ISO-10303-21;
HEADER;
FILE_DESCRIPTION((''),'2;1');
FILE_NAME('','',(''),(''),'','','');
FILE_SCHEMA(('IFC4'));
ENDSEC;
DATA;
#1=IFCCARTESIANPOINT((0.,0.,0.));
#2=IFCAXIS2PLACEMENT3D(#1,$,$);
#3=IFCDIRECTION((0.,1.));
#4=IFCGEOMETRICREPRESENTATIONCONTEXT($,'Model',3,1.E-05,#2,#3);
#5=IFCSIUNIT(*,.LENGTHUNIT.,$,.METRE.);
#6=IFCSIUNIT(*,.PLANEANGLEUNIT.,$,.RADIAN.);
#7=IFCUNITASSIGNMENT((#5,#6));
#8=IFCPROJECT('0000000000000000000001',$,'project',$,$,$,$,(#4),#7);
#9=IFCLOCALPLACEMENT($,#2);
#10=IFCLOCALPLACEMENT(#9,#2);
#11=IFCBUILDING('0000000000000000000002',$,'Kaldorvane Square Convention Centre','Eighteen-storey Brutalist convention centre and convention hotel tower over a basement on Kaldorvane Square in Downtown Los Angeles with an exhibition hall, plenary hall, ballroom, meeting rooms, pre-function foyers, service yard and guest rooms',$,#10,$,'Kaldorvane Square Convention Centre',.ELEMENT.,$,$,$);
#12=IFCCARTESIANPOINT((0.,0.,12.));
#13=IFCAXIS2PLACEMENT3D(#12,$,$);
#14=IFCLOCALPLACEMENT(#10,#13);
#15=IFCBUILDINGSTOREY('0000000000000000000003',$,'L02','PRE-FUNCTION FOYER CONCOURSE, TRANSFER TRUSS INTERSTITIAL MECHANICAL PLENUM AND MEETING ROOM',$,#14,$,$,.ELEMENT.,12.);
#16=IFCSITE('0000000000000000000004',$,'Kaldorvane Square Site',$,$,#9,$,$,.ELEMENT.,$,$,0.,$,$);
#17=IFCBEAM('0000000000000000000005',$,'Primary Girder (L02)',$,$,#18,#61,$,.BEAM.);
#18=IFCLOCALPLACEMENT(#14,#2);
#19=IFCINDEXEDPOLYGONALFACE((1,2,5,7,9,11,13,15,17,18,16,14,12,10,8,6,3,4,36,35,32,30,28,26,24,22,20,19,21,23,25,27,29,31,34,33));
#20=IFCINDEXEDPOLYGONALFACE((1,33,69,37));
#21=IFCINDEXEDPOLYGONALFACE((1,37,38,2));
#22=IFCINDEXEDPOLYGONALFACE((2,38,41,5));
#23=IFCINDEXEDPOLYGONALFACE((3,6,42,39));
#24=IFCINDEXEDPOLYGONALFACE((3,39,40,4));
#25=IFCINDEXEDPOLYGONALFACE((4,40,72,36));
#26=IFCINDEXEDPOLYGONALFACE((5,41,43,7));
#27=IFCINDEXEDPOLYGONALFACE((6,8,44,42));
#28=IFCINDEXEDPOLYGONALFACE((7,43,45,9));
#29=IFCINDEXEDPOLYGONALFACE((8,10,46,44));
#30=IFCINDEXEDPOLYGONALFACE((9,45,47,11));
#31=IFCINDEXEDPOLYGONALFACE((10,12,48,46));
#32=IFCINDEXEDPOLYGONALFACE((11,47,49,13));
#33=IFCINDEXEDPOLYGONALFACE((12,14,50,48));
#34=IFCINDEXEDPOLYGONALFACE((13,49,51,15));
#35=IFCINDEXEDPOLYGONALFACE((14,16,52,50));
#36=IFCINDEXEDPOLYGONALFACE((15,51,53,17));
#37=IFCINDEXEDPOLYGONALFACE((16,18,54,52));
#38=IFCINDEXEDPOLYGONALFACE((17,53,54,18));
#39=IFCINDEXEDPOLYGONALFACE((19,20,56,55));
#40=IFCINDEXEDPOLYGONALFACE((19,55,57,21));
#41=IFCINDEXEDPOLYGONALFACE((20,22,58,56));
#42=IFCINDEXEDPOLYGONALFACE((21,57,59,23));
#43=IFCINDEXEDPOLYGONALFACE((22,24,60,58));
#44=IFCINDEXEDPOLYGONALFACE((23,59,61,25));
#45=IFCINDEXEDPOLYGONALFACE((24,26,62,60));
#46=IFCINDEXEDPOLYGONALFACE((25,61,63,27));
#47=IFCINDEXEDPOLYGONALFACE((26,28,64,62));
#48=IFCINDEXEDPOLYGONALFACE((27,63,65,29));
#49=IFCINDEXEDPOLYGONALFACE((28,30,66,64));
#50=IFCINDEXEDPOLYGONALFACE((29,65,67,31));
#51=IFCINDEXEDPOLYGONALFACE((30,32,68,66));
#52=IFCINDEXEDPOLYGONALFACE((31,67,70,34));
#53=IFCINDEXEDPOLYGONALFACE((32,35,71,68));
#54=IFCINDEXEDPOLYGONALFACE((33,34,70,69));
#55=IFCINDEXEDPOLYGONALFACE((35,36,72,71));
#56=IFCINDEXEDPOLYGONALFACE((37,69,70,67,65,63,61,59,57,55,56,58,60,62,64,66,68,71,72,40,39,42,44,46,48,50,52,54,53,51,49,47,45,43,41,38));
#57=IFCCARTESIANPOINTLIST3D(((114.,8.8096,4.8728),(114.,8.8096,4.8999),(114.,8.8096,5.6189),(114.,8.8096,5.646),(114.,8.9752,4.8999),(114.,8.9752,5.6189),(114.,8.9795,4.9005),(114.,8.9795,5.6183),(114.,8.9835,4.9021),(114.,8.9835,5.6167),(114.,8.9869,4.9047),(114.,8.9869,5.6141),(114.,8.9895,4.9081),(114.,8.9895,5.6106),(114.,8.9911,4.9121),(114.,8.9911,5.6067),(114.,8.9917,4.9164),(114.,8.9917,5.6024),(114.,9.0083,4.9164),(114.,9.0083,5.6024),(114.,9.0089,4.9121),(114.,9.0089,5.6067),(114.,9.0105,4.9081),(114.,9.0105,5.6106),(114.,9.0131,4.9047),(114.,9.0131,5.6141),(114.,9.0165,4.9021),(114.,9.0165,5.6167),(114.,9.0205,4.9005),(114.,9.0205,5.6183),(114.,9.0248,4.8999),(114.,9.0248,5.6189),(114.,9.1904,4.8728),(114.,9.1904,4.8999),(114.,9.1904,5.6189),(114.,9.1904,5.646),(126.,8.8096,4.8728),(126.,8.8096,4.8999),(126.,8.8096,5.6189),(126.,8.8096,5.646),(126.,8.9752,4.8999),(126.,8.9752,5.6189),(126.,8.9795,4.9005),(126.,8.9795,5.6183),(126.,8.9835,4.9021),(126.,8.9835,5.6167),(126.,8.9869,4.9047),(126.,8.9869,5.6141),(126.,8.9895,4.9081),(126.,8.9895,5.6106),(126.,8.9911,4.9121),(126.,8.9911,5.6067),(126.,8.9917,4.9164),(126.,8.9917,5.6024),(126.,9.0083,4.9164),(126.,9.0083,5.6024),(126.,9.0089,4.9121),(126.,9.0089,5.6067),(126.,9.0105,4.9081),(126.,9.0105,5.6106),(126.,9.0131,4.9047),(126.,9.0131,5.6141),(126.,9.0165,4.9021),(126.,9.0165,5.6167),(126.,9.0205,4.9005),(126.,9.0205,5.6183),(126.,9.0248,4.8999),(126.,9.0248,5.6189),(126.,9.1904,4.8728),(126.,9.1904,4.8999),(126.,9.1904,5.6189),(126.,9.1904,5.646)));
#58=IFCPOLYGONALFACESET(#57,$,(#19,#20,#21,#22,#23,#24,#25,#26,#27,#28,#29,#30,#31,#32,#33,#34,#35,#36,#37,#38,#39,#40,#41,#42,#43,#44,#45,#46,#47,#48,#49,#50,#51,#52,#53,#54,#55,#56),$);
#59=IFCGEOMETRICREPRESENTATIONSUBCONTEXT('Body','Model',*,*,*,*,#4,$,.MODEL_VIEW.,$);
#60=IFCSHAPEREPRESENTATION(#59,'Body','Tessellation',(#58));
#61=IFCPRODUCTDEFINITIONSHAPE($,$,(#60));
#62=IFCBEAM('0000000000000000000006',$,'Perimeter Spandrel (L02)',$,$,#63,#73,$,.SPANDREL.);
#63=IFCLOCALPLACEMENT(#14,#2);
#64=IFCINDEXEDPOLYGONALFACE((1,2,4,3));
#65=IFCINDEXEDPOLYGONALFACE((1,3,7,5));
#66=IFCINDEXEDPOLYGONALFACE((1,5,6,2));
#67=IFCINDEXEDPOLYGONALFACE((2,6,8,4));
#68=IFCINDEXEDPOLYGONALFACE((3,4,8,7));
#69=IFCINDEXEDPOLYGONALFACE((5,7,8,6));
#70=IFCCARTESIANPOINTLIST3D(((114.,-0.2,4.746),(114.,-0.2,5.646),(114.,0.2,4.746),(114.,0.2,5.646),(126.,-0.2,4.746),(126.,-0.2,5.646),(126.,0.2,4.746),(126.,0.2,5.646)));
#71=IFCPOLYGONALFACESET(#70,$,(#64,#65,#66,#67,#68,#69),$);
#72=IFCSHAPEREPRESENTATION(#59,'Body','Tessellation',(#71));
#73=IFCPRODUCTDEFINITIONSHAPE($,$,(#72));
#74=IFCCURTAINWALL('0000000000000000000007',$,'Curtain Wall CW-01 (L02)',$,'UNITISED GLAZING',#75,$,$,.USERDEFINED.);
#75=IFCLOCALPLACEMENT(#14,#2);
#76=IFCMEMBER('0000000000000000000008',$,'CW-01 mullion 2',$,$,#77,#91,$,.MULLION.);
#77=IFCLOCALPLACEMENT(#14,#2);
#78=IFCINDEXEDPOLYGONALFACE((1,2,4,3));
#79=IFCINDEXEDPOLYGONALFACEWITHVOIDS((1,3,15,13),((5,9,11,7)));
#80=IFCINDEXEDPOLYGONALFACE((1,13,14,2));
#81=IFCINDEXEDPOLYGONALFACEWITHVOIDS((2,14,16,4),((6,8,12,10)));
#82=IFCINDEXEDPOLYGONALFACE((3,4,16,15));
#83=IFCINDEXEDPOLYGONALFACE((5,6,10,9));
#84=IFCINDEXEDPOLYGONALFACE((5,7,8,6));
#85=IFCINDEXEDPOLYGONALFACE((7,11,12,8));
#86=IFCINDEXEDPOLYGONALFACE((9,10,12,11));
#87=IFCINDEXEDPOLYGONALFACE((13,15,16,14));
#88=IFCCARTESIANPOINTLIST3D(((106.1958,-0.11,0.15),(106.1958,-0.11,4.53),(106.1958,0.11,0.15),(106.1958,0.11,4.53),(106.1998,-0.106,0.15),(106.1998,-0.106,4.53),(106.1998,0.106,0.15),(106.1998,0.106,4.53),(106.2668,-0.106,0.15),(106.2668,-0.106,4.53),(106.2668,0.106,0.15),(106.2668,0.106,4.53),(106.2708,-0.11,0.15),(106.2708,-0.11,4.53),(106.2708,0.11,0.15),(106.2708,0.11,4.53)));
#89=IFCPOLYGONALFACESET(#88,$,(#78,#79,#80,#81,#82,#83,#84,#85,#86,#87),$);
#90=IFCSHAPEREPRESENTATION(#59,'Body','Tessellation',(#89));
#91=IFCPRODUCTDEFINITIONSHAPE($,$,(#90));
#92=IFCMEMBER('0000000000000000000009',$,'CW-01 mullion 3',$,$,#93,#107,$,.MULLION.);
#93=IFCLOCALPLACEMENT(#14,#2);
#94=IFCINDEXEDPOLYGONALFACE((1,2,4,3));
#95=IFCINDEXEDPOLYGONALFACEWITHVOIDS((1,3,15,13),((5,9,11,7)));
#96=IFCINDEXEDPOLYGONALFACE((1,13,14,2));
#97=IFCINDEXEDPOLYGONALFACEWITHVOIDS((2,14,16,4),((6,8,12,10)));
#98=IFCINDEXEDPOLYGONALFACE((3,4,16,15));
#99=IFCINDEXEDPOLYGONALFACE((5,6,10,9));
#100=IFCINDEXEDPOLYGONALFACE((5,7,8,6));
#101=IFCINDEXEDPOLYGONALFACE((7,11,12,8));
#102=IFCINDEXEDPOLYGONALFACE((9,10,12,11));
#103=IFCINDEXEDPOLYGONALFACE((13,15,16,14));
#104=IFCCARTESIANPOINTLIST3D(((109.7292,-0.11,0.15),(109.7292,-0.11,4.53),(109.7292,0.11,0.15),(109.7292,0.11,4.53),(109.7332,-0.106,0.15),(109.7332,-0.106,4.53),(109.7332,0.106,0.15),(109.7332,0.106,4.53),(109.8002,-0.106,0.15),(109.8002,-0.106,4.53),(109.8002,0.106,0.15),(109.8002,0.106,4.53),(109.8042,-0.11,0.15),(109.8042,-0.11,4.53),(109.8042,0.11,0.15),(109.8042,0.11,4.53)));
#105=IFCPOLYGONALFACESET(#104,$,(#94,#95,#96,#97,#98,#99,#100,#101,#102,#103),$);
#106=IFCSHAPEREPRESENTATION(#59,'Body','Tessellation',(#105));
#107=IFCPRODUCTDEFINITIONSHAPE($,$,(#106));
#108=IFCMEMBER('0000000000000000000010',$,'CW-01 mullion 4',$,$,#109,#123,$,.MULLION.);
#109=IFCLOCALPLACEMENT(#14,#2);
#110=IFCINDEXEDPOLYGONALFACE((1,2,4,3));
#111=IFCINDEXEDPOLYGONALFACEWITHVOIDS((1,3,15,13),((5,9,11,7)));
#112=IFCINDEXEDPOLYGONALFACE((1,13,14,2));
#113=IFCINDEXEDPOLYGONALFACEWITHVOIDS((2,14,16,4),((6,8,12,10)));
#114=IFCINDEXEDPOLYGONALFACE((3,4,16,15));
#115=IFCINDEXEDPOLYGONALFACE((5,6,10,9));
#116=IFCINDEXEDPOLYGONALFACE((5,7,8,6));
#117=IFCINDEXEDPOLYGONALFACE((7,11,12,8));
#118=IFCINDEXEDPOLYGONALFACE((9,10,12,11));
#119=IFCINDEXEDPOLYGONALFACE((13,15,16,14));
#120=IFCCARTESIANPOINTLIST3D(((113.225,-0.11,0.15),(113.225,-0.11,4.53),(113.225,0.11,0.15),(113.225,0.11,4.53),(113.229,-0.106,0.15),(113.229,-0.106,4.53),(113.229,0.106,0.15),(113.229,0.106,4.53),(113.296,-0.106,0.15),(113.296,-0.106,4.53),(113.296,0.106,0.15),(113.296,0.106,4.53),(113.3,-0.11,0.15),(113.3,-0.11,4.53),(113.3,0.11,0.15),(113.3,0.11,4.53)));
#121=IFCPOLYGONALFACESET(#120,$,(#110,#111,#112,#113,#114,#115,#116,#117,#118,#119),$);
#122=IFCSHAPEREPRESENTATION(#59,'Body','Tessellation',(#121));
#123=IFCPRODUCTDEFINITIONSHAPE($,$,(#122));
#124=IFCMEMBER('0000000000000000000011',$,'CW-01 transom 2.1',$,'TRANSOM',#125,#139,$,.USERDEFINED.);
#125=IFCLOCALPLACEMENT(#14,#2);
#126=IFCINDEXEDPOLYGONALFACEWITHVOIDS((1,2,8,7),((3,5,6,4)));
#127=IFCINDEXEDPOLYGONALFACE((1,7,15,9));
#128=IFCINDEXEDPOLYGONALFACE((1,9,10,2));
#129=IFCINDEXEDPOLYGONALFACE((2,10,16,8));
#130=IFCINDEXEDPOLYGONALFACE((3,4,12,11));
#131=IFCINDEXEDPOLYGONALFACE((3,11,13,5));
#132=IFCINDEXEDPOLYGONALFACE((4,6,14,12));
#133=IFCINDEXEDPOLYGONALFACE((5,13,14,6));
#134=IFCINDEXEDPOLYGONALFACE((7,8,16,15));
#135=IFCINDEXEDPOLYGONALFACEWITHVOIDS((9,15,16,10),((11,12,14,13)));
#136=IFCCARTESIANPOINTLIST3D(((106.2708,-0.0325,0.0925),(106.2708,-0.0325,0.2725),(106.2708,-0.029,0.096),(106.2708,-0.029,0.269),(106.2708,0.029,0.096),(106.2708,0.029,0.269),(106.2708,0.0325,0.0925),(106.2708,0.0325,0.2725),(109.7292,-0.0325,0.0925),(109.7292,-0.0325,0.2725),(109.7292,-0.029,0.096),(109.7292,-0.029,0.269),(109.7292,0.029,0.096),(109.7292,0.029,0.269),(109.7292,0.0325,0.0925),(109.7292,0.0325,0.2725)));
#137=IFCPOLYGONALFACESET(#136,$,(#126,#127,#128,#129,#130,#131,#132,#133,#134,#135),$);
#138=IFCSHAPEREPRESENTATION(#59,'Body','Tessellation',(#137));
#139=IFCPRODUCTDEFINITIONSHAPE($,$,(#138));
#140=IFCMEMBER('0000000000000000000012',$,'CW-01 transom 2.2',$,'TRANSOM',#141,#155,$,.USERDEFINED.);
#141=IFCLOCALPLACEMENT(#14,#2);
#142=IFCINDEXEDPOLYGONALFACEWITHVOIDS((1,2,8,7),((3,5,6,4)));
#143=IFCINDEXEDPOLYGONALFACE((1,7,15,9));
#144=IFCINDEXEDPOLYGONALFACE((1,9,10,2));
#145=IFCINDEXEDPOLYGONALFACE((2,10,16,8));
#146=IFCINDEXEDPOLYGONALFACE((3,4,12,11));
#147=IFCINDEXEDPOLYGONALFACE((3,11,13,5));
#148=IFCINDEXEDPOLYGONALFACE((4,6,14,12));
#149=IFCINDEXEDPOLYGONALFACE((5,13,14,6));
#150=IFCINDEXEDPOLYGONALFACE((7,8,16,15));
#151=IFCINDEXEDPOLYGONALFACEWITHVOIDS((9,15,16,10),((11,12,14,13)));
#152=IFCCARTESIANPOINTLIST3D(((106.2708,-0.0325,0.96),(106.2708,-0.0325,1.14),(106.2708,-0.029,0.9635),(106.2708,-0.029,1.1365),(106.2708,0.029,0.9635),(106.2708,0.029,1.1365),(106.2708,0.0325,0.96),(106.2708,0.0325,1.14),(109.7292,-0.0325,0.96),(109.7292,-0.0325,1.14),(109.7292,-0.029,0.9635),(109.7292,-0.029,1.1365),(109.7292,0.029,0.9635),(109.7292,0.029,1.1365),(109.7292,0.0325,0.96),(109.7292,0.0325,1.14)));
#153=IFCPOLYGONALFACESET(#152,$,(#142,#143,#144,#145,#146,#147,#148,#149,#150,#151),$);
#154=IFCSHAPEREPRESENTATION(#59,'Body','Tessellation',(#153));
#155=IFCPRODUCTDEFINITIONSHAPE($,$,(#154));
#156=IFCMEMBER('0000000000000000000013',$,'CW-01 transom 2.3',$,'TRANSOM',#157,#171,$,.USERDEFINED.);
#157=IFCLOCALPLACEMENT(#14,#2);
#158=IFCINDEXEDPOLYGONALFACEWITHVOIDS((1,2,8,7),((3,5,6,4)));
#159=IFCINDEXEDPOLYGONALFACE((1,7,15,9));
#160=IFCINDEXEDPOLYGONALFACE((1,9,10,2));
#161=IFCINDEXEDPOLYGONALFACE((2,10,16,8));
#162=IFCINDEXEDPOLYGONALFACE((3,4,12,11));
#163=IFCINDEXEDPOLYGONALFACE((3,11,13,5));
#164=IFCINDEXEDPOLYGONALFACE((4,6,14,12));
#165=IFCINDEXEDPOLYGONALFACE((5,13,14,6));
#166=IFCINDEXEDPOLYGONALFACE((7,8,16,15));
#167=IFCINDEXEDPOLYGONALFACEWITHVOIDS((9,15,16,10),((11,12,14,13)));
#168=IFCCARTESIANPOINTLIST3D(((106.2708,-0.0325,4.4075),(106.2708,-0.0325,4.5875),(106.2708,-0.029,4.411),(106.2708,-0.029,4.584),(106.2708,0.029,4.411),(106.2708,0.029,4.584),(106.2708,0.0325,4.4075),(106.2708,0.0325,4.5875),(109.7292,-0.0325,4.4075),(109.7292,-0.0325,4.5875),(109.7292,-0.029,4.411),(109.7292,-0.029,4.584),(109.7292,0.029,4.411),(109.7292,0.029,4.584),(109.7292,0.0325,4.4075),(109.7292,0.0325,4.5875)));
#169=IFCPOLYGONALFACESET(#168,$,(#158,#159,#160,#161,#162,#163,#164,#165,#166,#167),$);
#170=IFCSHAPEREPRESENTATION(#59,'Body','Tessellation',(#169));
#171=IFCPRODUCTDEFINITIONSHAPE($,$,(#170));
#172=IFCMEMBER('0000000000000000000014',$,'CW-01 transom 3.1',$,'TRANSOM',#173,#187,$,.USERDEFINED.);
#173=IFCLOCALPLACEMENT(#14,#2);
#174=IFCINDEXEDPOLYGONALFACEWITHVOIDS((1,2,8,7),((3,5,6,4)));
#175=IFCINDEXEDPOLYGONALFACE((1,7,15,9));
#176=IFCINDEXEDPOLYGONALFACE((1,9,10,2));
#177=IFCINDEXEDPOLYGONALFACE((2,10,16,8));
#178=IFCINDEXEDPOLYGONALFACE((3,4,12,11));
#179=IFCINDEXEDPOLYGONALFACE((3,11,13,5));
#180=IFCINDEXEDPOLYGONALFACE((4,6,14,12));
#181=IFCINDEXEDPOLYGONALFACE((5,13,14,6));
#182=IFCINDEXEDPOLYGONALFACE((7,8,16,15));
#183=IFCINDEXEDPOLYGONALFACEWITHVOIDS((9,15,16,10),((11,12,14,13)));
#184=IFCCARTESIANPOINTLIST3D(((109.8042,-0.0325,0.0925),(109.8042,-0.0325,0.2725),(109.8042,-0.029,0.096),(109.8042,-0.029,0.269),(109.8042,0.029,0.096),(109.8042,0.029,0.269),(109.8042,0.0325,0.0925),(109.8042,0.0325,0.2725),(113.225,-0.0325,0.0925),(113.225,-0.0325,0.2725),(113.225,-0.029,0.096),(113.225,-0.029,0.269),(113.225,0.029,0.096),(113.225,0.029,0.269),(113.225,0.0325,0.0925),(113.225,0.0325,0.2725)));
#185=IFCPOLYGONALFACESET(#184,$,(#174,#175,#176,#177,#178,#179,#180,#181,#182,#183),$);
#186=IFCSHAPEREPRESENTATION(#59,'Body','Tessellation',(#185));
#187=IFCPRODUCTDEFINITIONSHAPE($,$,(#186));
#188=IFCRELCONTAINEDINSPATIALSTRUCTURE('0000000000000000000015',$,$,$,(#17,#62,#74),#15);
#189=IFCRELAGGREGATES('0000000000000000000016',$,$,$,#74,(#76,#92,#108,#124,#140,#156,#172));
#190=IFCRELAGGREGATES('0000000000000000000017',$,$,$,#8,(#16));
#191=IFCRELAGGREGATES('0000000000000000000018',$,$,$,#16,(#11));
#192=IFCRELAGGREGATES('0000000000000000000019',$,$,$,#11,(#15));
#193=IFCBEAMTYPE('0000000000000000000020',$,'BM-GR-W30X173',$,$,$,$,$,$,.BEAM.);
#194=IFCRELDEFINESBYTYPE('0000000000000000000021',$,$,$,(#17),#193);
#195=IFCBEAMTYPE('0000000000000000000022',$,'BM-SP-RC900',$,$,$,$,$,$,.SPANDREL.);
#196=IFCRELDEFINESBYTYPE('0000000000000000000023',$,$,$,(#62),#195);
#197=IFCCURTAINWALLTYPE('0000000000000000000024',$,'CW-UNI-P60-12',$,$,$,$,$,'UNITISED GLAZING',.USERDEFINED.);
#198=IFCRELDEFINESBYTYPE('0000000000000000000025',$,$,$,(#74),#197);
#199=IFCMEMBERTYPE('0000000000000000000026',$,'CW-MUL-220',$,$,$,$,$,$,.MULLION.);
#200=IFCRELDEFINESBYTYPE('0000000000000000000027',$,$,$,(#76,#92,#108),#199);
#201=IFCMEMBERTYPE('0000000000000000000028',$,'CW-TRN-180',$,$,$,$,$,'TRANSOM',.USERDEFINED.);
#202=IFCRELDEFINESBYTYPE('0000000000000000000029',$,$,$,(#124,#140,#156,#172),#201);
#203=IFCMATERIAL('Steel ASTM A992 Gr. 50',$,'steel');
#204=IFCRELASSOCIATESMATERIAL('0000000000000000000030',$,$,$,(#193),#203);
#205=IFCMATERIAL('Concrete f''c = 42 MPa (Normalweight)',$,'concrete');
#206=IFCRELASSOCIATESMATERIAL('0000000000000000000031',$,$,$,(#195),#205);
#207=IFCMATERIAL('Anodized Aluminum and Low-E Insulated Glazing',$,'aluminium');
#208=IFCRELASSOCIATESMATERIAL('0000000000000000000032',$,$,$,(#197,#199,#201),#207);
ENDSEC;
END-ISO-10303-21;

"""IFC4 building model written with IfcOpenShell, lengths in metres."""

from ifc_helpers import new_model, si_unit, direction, frame, origin, origin_2d, place, context, subcontext, project, spatial, rectangle, hollow_rectangle, i_section, extrude, material, material_profile, profile_set, type_object, element, aggregate, save


model = new_model("IFC4")

# Units and contexts
model_context = context("Model", 3, precision=1e-05, world=origin(), true_north=direction((0.0, 1.0)))
body_context = subcontext(model_context, "Body", "Model", "MODEL_VIEW")
ifc_project = project(units=[si_unit("LENGTHUNIT", "METRE"), si_unit("PLANEANGLEUNIT", "RADIAN")], contexts=[model_context])

# Site, building, storey
site_placement = place(None, origin())
site = spatial("IfcSite", under=ifc_project, at=site_placement, Name="Kaldorvane Square Site", CompositionType="ELEMENT", RefElevation=0.0)
building_placement = place(site_placement, origin())
building = spatial("IfcBuilding", under=site, at=building_placement, Name="Kaldorvane Square Convention Centre", Description="Eighteen-storey Brutalist convention centre and convention hotel tower over a basement on Kaldorvane Square in Downtown Los Angeles with an exhibition hall, plenary hall, ballroom, meeting rooms, pre-function foyers, service yard and guest rooms", LongName="Kaldorvane Square Convention Centre", CompositionType="ELEMENT")
storey_placement = place(building_placement, frame((0.0, 0.0, 12.0)))
storey = spatial("IfcBuildingStorey", under=building, at=storey_placement, Name="L02", Description="PRE-FUNCTION FOYER CONCOURSE, TRANSFER TRUSS INTERSTITIAL MECHANICAL PLENUM AND MEETING ROOM", CompositionType="ELEMENT", Elevation=12.0)

# Shared definitions
ifc_material_1 = material(Name="Steel ASTM A992 Gr. 50", Category="steel")

# Beams
ifc_material_profile_1 = material_profile(ifc_material_1, i_section(OverallWidth=0.3807, OverallDepth=0.7732, WebThickness=0.0166, FlangeThickness=0.0271, FilletRadius=0.0165, at=origin_2d()), Name="W30X173")
ifc_profile_set_1 = profile_set([ifc_material_profile_1], Name="Steel ASTM A992 Gr. 50")
beam_type_1 = type_object("IfcBeamType", Name="BM-GR-W30X173", PredefinedType="BEAM", material=ifc_profile_set_1)
beam_1_placement = place(storey_placement, frame((114.0, 9.0, 5.2594), z_axis=(1.0, 0.0, 0.0), x_axis=(0.0, 1.0, 0.0)))
element("IfcBeam", 1, at=beam_1_placement, inside=storey, type_object=beam_type_1, Name="Primary Girder (L02)", PredefinedType="BEAM", context=body_context, shape_type="SweptSolid", body=[
    extrude(i_section(OverallWidth=0.3807, OverallDepth=0.7732, WebThickness=0.0166, FlangeThickness=0.0271, FilletRadius=0.0165, at=origin_2d()), origin(), (0.0, 0.0, 1.0), 12.0),
])
ifc_material_2 = material(Name="Concrete f'c = 42 MPa (Normalweight)", Category="concrete")
ifc_material_profile_2 = material_profile(ifc_material_2, rectangle(XDim=0.4, YDim=0.9, at=origin_2d()), Name="RCSP900X400")
ifc_profile_set_2 = profile_set([ifc_material_profile_2], Name="Concrete f'c = 42 MPa (Normalweight)")
beam_type_2 = type_object("IfcBeamType", Name="BM-SP-RC900", PredefinedType="SPANDREL", material=ifc_profile_set_2)
beam_2_placement = place(storey_placement, frame((114.0, 0.0, 5.196), z_axis=(1.0, 0.0, 0.0), x_axis=(0.0, 1.0, 0.0)))
element("IfcBeam", 2, at=beam_2_placement, inside=storey, type_object=beam_type_2, Name="Perimeter Spandrel (L02)", PredefinedType="SPANDREL", context=body_context, shape_type="SweptSolid", body=[
    extrude(rectangle(XDim=0.4, YDim=0.9, at=origin_2d()), origin(), (0.0, 0.0, 1.0), 12.0),
])

# Curtain wall, members
ifc_material_3 = material(Name="Anodized Aluminum and Low-E Insulated Glazing", Category="aluminium")
curtain_wall_type = type_object("IfcCurtainWallType", Name="CW-UNI-P60-12", ElementType="UNITISED GLAZING", PredefinedType="USERDEFINED", material=ifc_material_3)
curtain_wall_placement = place(storey_placement, origin())
curtain_wall = element("IfcCurtainWall", 3, at=curtain_wall_placement, inside=storey, type_object=curtain_wall_type, Name="Curtain Wall CW-01 (L02)", ObjectType="UNITISED GLAZING", PredefinedType="USERDEFINED")
ifc_material_profile_3 = material_profile(ifc_material_3, hollow_rectangle(XDim=0.075, YDim=0.22, WallThickness=0.004, at=origin_2d()), Name="CWM-220X75")
ifc_profile_set_3 = profile_set([ifc_material_profile_3], Name="Anodized Aluminum and Low-E Insulated Glazing")
member_type_1 = type_object("IfcMemberType", Name="CW-MUL-220", PredefinedType="MULLION", material=ifc_profile_set_3)
member_1_placement = place(storey_placement, frame((106.2333, 0.0, 0.15), z_axis=(0.0, 0.0, 1.0), x_axis=(1.0, 0.0, 0.0)))
member_1 = element("IfcMember", 4, at=member_1_placement, type_object=member_type_1, Name="CW-01 mullion 2", PredefinedType="MULLION", context=body_context, shape_type="SweptSolid", body=[
    extrude(hollow_rectangle(XDim=0.075, YDim=0.22, WallThickness=0.004, at=origin_2d()), origin(), (0.0, 0.0, 1.0), 4.38),
])
member_2_placement = place(storey_placement, frame((109.7667, 0.0, 0.15), z_axis=(0.0, 0.0, 1.0), x_axis=(1.0, 0.0, 0.0)))
member_2 = element("IfcMember", 5, at=member_2_placement, type_object=member_type_1, Name="CW-01 mullion 3", PredefinedType="MULLION", context=body_context, shape_type="SweptSolid", body=[
    extrude(hollow_rectangle(XDim=0.075, YDim=0.22, WallThickness=0.004, at=origin_2d()), origin(), (0.0, 0.0, 1.0), 4.38),
])
member_3_placement = place(storey_placement, frame((113.2625, 0.0, 0.15), z_axis=(0.0, 0.0, 1.0), x_axis=(1.0, 0.0, 0.0)))
member_3 = element("IfcMember", 6, at=member_3_placement, type_object=member_type_1, Name="CW-01 mullion 4", PredefinedType="MULLION", context=body_context, shape_type="SweptSolid", body=[
    extrude(hollow_rectangle(XDim=0.075, YDim=0.22, WallThickness=0.004, at=origin_2d()), origin(), (0.0, 0.0, 1.0), 4.38),
])
ifc_material_profile_4 = material_profile(ifc_material_3, hollow_rectangle(XDim=0.065, YDim=0.18, WallThickness=0.0035, at=origin_2d()), Name="CWT-180X65")
ifc_profile_set_4 = profile_set([ifc_material_profile_4], Name="Anodized Aluminum and Low-E Insulated Glazing")
member_type_2 = type_object("IfcMemberType", Name="CW-TRN-180", ElementType="TRANSOM", PredefinedType="USERDEFINED", material=ifc_profile_set_4)
member_4_placement = place(storey_placement, frame((106.2708, 0.0, 0.1825), z_axis=(1.0, 0.0, 0.0), x_axis=(0.0, 1.0, 0.0)))
member_4 = element("IfcMember", 7, at=member_4_placement, type_object=member_type_2, Name="CW-01 transom 2.1", ObjectType="TRANSOM", PredefinedType="USERDEFINED", context=body_context, shape_type="SweptSolid", body=[
    extrude(hollow_rectangle(XDim=0.065, YDim=0.18, WallThickness=0.0035, at=origin_2d()), origin(), (0.0, 0.0, 1.0), 3.4583),
])
member_5_placement = place(storey_placement, frame((106.2708, 0.0, 1.05), z_axis=(1.0, 0.0, 0.0), x_axis=(0.0, 1.0, 0.0)))
member_5 = element("IfcMember", 8, at=member_5_placement, type_object=member_type_2, Name="CW-01 transom 2.2", ObjectType="TRANSOM", PredefinedType="USERDEFINED", context=body_context, shape_type="SweptSolid", body=[
    extrude(hollow_rectangle(XDim=0.065, YDim=0.18, WallThickness=0.0035, at=origin_2d()), origin(), (0.0, 0.0, 1.0), 3.4583),
])
member_6_placement = place(storey_placement, frame((106.2708, 0.0, 4.4975), z_axis=(1.0, 0.0, 0.0), x_axis=(0.0, 1.0, 0.0)))
member_6 = element("IfcMember", 9, at=member_6_placement, type_object=member_type_2, Name="CW-01 transom 2.3", ObjectType="TRANSOM", PredefinedType="USERDEFINED", context=body_context, shape_type="SweptSolid", body=[
    extrude(hollow_rectangle(XDim=0.065, YDim=0.18, WallThickness=0.0035, at=origin_2d()), origin(), (0.0, 0.0, 1.0), 3.4583),
])
member_7_placement = place(storey_placement, frame((109.8042, 0.0, 0.1825), z_axis=(1.0, 0.0, 0.0), x_axis=(0.0, 1.0, 0.0)))
member_7 = element("IfcMember", 10, at=member_7_placement, type_object=member_type_2, Name="CW-01 transom 3.1", ObjectType="TRANSOM", PredefinedType="USERDEFINED", context=body_context, shape_type="SweptSolid", body=[
    extrude(hollow_rectangle(XDim=0.065, YDim=0.18, WallThickness=0.0035, at=origin_2d()), origin(), (0.0, 0.0, 1.0), 3.4208),
])
aggregate(curtain_wall, [member_1, member_2, member_3, member_4, member_5, member_6, member_7])

save(model, "model.ifc")
